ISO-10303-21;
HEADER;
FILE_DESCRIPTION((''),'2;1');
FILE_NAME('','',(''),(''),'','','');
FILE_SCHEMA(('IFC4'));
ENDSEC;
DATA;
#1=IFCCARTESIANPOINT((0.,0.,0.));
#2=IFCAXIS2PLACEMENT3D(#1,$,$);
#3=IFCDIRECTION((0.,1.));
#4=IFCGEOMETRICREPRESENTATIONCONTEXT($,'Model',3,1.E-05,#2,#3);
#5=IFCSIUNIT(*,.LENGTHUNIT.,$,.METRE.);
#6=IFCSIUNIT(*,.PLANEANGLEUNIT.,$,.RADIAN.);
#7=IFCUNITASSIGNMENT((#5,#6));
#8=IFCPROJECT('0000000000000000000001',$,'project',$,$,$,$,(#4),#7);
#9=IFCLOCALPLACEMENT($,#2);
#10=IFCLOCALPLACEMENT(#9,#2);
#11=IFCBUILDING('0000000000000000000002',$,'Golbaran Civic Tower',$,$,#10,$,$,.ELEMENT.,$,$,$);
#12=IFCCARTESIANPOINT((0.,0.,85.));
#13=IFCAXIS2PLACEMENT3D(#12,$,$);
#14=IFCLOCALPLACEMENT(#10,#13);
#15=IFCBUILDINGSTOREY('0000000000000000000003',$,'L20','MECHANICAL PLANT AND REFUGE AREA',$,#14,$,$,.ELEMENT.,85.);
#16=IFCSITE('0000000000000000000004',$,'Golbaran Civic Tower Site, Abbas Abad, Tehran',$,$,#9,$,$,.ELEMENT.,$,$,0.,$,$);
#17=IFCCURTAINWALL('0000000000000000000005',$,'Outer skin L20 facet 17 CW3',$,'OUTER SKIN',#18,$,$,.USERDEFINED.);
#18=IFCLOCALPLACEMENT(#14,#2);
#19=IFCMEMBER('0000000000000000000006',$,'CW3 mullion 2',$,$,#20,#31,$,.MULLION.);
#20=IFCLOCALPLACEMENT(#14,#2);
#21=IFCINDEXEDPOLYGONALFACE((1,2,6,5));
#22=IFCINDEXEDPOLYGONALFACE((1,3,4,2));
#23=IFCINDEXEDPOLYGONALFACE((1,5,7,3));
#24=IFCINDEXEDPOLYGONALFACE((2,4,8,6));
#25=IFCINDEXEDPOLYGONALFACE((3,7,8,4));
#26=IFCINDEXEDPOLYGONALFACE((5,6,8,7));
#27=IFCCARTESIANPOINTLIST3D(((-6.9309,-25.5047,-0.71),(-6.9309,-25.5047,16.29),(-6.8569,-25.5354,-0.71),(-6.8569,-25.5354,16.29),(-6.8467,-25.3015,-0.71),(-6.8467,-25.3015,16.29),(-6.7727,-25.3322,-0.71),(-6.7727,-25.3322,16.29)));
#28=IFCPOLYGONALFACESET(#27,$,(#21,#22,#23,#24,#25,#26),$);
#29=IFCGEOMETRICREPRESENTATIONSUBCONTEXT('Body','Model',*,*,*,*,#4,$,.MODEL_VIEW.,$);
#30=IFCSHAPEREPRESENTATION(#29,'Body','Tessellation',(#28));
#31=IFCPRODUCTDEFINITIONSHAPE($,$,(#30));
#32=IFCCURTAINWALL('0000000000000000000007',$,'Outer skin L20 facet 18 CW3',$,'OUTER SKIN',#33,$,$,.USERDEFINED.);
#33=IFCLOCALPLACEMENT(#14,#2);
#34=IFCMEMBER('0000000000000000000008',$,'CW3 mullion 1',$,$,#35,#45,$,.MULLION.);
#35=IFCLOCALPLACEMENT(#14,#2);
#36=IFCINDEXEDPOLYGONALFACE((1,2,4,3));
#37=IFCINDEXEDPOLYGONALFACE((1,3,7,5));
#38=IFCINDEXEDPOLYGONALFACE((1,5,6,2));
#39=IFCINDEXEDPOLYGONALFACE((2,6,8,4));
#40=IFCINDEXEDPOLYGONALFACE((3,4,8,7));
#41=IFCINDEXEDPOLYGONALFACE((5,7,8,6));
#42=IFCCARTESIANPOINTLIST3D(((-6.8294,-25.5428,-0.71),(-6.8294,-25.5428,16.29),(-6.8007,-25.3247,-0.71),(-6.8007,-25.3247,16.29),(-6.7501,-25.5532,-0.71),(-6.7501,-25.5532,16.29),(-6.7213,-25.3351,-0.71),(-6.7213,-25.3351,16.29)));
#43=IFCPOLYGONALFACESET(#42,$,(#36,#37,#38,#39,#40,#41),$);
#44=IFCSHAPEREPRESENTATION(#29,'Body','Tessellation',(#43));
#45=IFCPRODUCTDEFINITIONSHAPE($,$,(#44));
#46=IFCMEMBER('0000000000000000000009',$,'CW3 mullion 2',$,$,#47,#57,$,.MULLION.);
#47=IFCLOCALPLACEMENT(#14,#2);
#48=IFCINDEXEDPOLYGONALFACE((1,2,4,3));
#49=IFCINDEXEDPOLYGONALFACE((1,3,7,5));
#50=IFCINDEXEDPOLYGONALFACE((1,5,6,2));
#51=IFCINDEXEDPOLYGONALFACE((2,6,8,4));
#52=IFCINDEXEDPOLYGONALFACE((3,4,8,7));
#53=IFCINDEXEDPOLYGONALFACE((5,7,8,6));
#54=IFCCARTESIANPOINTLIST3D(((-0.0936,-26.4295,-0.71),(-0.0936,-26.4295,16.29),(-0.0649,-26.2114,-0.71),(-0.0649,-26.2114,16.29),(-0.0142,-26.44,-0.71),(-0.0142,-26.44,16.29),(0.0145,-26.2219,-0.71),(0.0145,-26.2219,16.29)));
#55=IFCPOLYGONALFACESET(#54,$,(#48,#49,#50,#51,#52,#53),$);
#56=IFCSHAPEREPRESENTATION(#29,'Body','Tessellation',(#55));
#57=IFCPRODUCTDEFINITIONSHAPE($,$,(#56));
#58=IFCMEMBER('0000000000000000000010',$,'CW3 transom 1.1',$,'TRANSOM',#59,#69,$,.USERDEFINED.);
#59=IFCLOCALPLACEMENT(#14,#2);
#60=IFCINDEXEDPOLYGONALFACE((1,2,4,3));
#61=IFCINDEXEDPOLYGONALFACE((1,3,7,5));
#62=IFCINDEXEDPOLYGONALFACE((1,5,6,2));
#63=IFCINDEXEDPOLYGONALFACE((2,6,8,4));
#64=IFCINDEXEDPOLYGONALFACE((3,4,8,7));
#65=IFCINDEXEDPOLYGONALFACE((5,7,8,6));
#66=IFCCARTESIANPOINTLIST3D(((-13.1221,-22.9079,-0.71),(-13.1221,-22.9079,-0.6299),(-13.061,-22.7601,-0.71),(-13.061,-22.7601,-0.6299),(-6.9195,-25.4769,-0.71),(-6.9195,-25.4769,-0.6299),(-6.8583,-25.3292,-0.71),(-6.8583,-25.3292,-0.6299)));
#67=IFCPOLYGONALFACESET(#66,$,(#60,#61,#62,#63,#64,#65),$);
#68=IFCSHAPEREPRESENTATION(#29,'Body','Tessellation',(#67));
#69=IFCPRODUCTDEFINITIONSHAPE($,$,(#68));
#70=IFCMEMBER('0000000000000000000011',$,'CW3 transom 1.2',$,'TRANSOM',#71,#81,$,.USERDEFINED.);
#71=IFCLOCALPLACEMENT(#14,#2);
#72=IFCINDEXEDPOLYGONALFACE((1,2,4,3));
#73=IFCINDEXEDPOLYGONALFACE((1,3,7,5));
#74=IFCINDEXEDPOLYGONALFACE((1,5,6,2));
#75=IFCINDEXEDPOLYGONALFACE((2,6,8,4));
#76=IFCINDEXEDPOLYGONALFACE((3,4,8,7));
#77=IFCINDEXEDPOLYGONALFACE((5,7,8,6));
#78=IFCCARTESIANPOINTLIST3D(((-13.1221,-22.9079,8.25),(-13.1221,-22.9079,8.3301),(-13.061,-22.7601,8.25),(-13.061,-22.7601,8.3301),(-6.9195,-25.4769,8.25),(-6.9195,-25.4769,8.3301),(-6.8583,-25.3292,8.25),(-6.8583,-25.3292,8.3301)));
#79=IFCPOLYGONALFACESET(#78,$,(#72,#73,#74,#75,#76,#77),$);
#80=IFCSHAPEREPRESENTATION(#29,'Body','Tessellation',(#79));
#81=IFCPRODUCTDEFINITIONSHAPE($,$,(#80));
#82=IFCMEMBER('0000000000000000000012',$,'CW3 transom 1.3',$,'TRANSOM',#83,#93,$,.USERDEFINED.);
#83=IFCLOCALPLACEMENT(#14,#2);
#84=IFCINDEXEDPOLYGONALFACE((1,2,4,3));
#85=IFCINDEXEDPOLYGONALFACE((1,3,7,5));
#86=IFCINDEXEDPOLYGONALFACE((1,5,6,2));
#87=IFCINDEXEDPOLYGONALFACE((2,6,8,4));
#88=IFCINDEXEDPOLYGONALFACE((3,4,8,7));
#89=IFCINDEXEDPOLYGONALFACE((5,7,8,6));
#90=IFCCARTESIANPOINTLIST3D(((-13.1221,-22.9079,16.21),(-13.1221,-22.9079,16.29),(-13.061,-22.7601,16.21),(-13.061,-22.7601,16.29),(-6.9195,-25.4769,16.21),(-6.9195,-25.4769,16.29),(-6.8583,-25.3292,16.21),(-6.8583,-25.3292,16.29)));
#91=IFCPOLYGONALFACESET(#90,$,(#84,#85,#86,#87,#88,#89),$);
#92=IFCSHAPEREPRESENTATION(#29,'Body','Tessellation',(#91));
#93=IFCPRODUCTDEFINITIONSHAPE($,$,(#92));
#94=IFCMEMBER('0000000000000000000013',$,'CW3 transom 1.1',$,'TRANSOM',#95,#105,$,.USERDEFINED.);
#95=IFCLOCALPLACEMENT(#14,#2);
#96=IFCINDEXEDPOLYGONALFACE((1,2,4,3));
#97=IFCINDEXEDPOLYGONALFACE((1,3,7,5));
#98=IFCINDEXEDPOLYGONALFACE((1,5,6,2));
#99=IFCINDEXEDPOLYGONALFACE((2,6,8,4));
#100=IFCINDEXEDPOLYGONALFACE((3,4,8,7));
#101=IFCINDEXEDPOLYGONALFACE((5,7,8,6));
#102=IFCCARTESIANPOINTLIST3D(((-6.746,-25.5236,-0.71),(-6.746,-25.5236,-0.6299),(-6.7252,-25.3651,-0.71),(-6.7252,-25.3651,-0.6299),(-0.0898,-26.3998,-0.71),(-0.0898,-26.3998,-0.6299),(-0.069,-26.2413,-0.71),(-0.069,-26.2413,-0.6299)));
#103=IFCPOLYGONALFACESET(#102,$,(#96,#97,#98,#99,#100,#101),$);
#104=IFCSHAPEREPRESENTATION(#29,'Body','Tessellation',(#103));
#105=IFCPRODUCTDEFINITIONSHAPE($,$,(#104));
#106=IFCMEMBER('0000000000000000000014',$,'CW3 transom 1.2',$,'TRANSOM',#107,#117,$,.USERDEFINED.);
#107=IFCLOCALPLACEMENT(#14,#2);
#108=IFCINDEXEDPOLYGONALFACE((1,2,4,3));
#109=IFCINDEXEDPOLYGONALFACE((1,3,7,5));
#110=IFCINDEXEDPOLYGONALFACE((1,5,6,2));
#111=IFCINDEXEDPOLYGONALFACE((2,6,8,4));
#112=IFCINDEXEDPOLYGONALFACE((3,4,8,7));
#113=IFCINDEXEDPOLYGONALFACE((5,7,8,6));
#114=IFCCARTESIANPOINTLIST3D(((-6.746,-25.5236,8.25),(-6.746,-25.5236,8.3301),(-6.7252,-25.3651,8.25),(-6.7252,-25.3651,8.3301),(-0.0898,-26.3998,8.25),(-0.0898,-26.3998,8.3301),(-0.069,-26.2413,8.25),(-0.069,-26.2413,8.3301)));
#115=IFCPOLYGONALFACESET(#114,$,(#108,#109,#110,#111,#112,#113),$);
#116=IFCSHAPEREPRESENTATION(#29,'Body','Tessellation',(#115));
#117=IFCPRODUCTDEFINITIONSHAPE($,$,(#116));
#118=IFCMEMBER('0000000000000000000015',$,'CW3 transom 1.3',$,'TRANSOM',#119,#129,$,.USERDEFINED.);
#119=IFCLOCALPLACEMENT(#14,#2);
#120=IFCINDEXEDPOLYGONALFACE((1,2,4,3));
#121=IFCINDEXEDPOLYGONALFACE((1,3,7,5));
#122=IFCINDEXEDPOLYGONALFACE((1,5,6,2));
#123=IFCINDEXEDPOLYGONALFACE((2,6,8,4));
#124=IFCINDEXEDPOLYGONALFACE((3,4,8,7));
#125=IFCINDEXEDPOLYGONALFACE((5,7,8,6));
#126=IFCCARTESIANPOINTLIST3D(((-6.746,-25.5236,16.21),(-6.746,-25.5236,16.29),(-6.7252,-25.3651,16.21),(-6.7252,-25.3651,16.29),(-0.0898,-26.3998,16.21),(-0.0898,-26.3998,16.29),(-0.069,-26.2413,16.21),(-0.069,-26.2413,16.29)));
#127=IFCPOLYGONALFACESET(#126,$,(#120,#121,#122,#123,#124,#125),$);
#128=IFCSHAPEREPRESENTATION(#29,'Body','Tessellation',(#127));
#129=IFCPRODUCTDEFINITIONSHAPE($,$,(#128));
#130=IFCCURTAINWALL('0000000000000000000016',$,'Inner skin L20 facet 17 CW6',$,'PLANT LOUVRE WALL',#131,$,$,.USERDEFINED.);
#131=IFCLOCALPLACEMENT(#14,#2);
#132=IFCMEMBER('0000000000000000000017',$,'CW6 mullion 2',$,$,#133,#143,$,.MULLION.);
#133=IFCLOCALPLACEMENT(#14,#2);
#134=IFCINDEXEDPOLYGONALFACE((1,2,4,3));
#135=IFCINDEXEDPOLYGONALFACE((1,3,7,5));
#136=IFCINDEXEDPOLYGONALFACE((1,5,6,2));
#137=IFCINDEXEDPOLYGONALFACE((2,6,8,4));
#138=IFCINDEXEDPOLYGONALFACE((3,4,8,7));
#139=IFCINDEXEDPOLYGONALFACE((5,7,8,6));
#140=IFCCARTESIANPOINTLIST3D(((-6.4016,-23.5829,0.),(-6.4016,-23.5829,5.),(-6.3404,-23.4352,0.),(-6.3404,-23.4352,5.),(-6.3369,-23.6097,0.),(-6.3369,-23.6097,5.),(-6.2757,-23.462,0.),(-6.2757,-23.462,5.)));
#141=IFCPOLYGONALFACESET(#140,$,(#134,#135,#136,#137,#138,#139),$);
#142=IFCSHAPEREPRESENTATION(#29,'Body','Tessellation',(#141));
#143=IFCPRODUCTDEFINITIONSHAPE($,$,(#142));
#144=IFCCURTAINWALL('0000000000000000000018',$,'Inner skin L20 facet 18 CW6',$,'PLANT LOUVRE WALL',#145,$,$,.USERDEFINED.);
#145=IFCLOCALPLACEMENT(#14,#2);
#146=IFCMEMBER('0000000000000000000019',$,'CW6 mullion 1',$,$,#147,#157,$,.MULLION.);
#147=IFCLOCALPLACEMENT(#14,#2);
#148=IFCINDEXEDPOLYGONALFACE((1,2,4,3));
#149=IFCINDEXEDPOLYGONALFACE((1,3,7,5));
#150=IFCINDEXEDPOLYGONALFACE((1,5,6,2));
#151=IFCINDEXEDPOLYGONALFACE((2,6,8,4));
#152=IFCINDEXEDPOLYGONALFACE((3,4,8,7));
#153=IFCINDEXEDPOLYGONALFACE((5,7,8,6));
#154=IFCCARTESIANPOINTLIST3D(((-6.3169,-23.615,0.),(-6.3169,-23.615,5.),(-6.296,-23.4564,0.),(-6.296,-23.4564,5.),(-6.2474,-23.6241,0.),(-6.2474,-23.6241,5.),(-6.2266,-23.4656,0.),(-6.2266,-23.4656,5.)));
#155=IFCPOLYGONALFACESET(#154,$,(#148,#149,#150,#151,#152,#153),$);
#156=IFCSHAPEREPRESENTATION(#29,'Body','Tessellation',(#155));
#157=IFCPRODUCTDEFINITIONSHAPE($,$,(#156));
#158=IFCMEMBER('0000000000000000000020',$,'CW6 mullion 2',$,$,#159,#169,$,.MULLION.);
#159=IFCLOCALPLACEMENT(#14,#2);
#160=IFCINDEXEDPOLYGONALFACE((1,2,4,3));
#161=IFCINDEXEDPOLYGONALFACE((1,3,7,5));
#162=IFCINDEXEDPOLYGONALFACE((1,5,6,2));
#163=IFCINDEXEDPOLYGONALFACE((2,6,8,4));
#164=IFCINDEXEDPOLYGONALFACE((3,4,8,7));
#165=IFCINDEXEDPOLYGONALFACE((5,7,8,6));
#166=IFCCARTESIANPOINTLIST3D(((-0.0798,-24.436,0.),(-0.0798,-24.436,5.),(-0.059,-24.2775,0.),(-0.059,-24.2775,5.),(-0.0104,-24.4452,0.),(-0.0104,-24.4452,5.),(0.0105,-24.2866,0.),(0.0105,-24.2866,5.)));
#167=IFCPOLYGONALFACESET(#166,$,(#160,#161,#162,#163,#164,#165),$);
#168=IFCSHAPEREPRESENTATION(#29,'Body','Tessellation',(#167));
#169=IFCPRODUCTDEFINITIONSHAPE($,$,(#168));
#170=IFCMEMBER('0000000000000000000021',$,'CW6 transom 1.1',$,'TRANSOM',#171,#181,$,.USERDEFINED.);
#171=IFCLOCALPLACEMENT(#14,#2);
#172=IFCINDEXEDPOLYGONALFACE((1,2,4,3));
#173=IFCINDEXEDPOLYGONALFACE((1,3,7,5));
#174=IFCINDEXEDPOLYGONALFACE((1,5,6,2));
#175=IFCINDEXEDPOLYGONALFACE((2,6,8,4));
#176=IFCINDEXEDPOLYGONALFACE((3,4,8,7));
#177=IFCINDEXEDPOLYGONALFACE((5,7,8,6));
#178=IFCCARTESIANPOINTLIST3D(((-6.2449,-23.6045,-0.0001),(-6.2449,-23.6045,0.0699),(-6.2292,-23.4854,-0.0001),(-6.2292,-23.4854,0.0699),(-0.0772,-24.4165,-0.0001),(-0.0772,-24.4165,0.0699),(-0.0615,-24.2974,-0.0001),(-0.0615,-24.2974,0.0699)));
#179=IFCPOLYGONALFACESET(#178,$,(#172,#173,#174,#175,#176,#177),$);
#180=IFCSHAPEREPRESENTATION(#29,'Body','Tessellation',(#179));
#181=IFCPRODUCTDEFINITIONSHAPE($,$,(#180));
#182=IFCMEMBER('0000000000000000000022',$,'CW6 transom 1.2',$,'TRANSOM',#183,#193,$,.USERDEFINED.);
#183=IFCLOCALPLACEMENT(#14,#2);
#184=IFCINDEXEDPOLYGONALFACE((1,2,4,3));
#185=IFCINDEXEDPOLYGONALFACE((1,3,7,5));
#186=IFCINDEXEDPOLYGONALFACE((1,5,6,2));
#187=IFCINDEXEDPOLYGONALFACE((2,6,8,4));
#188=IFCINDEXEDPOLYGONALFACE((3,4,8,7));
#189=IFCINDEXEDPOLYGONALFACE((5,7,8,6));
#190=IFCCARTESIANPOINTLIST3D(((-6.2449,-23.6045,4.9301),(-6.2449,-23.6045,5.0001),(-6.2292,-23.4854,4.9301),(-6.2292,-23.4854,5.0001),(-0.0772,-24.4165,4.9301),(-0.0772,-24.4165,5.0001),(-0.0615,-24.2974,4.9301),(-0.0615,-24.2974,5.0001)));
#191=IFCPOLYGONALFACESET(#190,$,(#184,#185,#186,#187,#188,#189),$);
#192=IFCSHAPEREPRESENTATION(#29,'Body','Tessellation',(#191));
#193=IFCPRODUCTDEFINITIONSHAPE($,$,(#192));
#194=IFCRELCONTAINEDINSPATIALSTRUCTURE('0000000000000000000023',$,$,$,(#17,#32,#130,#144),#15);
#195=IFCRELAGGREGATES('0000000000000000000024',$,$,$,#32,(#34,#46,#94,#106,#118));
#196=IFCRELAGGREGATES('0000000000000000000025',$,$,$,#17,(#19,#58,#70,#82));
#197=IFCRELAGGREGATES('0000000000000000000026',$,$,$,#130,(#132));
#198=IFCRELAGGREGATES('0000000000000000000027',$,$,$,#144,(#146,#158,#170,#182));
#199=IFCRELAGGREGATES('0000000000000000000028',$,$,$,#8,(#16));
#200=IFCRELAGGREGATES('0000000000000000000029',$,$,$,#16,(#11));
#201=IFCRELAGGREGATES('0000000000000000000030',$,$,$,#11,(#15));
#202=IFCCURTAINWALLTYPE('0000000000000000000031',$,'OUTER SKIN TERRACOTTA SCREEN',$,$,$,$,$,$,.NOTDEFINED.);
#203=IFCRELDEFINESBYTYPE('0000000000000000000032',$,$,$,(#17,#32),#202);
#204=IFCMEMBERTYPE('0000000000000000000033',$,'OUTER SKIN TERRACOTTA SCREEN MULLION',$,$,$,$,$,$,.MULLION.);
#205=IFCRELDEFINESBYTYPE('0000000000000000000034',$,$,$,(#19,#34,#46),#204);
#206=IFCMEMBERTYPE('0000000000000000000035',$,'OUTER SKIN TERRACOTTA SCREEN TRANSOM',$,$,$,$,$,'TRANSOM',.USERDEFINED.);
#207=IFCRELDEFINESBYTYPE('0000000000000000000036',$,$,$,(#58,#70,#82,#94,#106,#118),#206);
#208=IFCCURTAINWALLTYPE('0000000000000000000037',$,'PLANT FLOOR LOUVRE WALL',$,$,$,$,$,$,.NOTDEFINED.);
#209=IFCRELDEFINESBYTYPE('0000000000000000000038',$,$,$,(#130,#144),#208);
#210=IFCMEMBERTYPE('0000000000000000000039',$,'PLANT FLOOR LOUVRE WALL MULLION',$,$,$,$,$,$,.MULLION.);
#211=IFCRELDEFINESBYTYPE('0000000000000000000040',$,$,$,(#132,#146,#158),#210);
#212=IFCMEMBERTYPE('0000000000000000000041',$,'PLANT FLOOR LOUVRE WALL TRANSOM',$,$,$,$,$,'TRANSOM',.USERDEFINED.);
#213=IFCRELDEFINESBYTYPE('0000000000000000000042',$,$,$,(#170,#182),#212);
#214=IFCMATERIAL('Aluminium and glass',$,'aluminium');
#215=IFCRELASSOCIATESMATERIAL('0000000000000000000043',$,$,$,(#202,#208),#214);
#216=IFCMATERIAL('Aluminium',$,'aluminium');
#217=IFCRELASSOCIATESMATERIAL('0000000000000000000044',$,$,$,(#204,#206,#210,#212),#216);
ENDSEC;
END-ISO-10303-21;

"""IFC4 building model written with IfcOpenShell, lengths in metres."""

from ifc_helpers import new_model, si_unit, direction, frame, origin, origin_2d, place, context, subcontext, project, spatial, rectangle, extrude, material, material_profile, profile_set, type_object, element, aggregate, save


model = new_model("IFC4")

# Units and contexts
model_context = context("Model", 3, precision=1e-05, world=origin(), true_north=direction((0.0, 1.0)))
body_context = subcontext(model_context, "Body", "Model", "MODEL_VIEW")
ifc_project = project(units=[si_unit("LENGTHUNIT", "METRE"), si_unit("PLANEANGLEUNIT", "RADIAN")], contexts=[model_context])

# Site, building, storey
site_placement = place(None, origin())
site = spatial("IfcSite", under=ifc_project, at=site_placement, Name="Golbaran Civic Tower Site, Abbas Abad, Tehran", CompositionType="ELEMENT", RefElevation=0.0)
building_placement = place(site_placement, origin())
building = spatial("IfcBuilding", under=site, at=building_placement, Name="Golbaran Civic Tower", CompositionType="ELEMENT")
storey_placement = place(building_placement, frame((0.0, 0.0, 85.0)))
storey = spatial("IfcBuildingStorey", under=building, at=storey_placement, Name="L20", Description="MECHANICAL PLANT AND REFUGE AREA", CompositionType="ELEMENT", Elevation=85.0)

# Shared definitions
ifc_material_1 = material(Name="Aluminium and glass", Category="aluminium")
curtain_wall_type_1 = type_object("IfcCurtainWallType", Name="OUTER SKIN TERRACOTTA SCREEN", PredefinedType="NOTDEFINED", material=ifc_material_1)
ifc_material_2 = material(Name="Aluminium", Category="aluminium")
ifc_material_profile_1 = material_profile(ifc_material_2, rectangle(XDim=0.22, YDim=0.0801, at=origin_2d()), Name="OUTER SKIN TERRACOTTA SCREEN MULLION")
ifc_profile_set_1 = profile_set([ifc_material_profile_1], Name="Aluminium")
member_type_1 = type_object("IfcMemberType", Name="OUTER SKIN TERRACOTTA SCREEN MULLION", PredefinedType="MULLION", material=ifc_profile_set_1)

# Curtain walls, members
curtain_wall_1_placement = place(storey_placement, origin())
curtain_wall_1 = element("IfcCurtainWall", 1, at=curtain_wall_1_placement, inside=storey, type_object=curtain_wall_type_1, Name="Outer skin L20 facet 17 CW3", ObjectType="OUTER SKIN", PredefinedType="USERDEFINED")
member_1_placement = place(storey_placement, frame((-6.8518, -25.4185, -0.71), z_axis=(0.0, 0.0, 1.0), x_axis=(0.382683, 0.92388, 0.0)))
member_1 = element("IfcMember", 2, at=member_1_placement, type_object=member_type_1, Name="CW3 mullion 2", PredefinedType="MULLION", context=body_context, shape_type="SweptSolid", body=[
    extrude(rectangle(XDim=0.22, YDim=0.0801, at=origin_2d()), origin(), (0.0, 0.0, 1.0), 17.0),
])
curtain_wall_2_placement = place(storey_placement, origin())
curtain_wall_2 = element("IfcCurtainWall", 3, at=curtain_wall_2_placement, inside=storey, type_object=curtain_wall_type_1, Name="Outer skin L20 facet 18 CW3", ObjectType="OUTER SKIN", PredefinedType="USERDEFINED")
member_2_placement = place(storey_placement, frame((-6.7754, -25.439, -0.71), z_axis=(0.0, 0.0, 1.0), x_axis=(0.130526, 0.991445, 0.0)))
member_2 = element("IfcMember", 4, at=member_2_placement, type_object=member_type_1, Name="CW3 mullion 1", PredefinedType="MULLION", context=body_context, shape_type="SweptSolid", body=[
    extrude(rectangle(XDim=0.22, YDim=0.0801, at=origin_2d()), origin(), (0.0, 0.0, 1.0), 17.0),
])
member_3_placement = place(storey_placement, frame((-0.0396, -26.3257, -0.71), z_axis=(0.0, 0.0, 1.0), x_axis=(0.130526, 0.991445, 0.0)))
member_3 = element("IfcMember", 5, at=member_3_placement, type_object=member_type_1, Name="CW3 mullion 2", PredefinedType="MULLION", context=body_context, shape_type="SweptSolid", body=[
    extrude(rectangle(XDim=0.22, YDim=0.0801, at=origin_2d()), origin(), (0.0, 0.0, 1.0), 17.0),
])

# Members
ifc_material_profile_2 = material_profile(ifc_material_2, rectangle(XDim=0.1599, YDim=0.0801, at=origin_2d()), Name="OUTER SKIN TERRACOTTA SCREEN TRANSOM")
ifc_profile_set_2 = profile_set([ifc_material_profile_2], Name="Aluminium")
member_type_2 = type_object("IfcMemberType", Name="OUTER SKIN TERRACOTTA SCREEN TRANSOM", ElementType="TRANSOM", PredefinedType="USERDEFINED", material=ifc_profile_set_2)
member_4_placement = place(storey_placement, frame((-13.0916, -22.834, -0.6699), z_axis=(0.923886, -0.382668, 0.0), x_axis=(0.382668, 0.923886, 0.0)))
member_4 = element("IfcMember", 6, at=member_4_placement, type_object=member_type_2, Name="CW3 transom 1.1", ObjectType="TRANSOM", PredefinedType="USERDEFINED", context=body_context, shape_type="SweptSolid", body=[
    extrude(rectangle(XDim=0.1599, YDim=0.0801, at=origin_2d()), origin(), (0.0, 0.0, 1.0), 6.7136),
])
member_5_placement = place(storey_placement, frame((-13.0916, -22.834, 8.29), z_axis=(0.923886, -0.382668, 0.0), x_axis=(0.382668, 0.923886, 0.0)))
member_5 = element("IfcMember", 7, at=member_5_placement, type_object=member_type_2, Name="CW3 transom 1.2", ObjectType="TRANSOM", PredefinedType="USERDEFINED", context=body_context, shape_type="SweptSolid", body=[
    extrude(rectangle(XDim=0.1599, YDim=0.0801, at=origin_2d()), origin(), (0.0, 0.0, 1.0), 6.7136),
])
member_6_placement = place(storey_placement, frame((-13.0916, -22.834, 16.25), z_axis=(0.923886, -0.382668, 0.0), x_axis=(0.382668, 0.923886, 0.0)))
member_6 = element("IfcMember", 8, at=member_6_placement, type_object=member_type_2, Name="CW3 transom 1.3", ObjectType="TRANSOM", PredefinedType="USERDEFINED", context=body_context, shape_type="SweptSolid", body=[
    extrude(rectangle(XDim=0.1599, YDim=0.0801, at=origin_2d()), origin(), (0.0, 0.0, 1.0), 6.7136),
])
member_7_placement = place(storey_placement, frame((-6.7356, -25.4443, -0.6699), z_axis=(0.991447, -0.130513, 0.0), x_axis=(0.130513, 0.991447, 0.0)))
member_7 = element("IfcMember", 9, at=member_7_placement, type_object=member_type_2, Name="CW3 transom 1.1", ObjectType="TRANSOM", PredefinedType="USERDEFINED", context=body_context, shape_type="SweptSolid", body=[
    extrude(rectangle(XDim=0.1599, YDim=0.0801, at=origin_2d()), origin(), (0.0, 0.0, 1.0), 6.7136),
])
member_8_placement = place(storey_placement, frame((-6.7356, -25.4443, 8.29), z_axis=(0.991447, -0.130513, 0.0), x_axis=(0.130513, 0.991447, 0.0)))
member_8 = element("IfcMember", 10, at=member_8_placement, type_object=member_type_2, Name="CW3 transom 1.2", ObjectType="TRANSOM", PredefinedType="USERDEFINED", context=body_context, shape_type="SweptSolid", body=[
    extrude(rectangle(XDim=0.1599, YDim=0.0801, at=origin_2d()), origin(), (0.0, 0.0, 1.0), 6.7136),
])
member_9_placement = place(storey_placement, frame((-6.7356, -25.4443, 16.25), z_axis=(0.991447, -0.130513, 0.0), x_axis=(0.130513, 0.991447, 0.0)))
member_9 = element("IfcMember", 11, at=member_9_placement, type_object=member_type_2, Name="CW3 transom 1.3", ObjectType="TRANSOM", PredefinedType="USERDEFINED", context=body_context, shape_type="SweptSolid", body=[
    extrude(rectangle(XDim=0.1599, YDim=0.0801, at=origin_2d()), origin(), (0.0, 0.0, 1.0), 6.7136),
])

# Curtain wall, member
curtain_wall_type_2 = type_object("IfcCurtainWallType", Name="PLANT FLOOR LOUVRE WALL", PredefinedType="NOTDEFINED", material=ifc_material_1)
curtain_wall_3_placement = place(storey_placement, origin())
curtain_wall_3 = element("IfcCurtainWall", 12, at=curtain_wall_3_placement, inside=storey, type_object=curtain_wall_type_2, Name="Inner skin L20 facet 17 CW6", ObjectType="PLANT LOUVRE WALL", PredefinedType="USERDEFINED")
ifc_material_profile_3 = material_profile(ifc_material_2, rectangle(XDim=0.1599, YDim=0.0701, at=origin_2d()), Name="PLANT FLOOR LOUVRE WALL MULLION")
ifc_profile_set_3 = profile_set([ifc_material_profile_3], Name="Aluminium")
member_type_3 = type_object("IfcMemberType", Name="PLANT FLOOR LOUVRE WALL MULLION", PredefinedType="MULLION", material=ifc_profile_set_3)
member_10_placement = place(storey_placement, frame((-6.3386, -23.5225, 0.0), z_axis=(0.0, 0.0, 1.0), x_axis=(0.382683, 0.92388, 0.0)))
member_10 = element("IfcMember", 13, at=member_10_placement, type_object=member_type_3, Name="CW6 mullion 2", PredefinedType="MULLION", context=body_context, shape_type="SweptSolid", body=[
    extrude(rectangle(XDim=0.1599, YDim=0.0701, at=origin_2d()), origin(), (0.0, 0.0, 1.0), 5.0),
])

# Curtain wall, members
curtain_wall_4_placement = place(storey_placement, origin())
curtain_wall_4 = element("IfcCurtainWall", 14, at=curtain_wall_4_placement, inside=storey, type_object=curtain_wall_type_2, Name="Inner skin L20 facet 18 CW6", ObjectType="PLANT LOUVRE WALL", PredefinedType="USERDEFINED")
member_11_placement = place(storey_placement, frame((-6.2717, -23.5403, 0.0), z_axis=(0.0, 0.0, 1.0), x_axis=(0.130526, 0.991445, 0.0)))
member_11 = element("IfcMember", 15, at=member_11_placement, type_object=member_type_3, Name="CW6 mullion 1", PredefinedType="MULLION", context=body_context, shape_type="SweptSolid", body=[
    extrude(rectangle(XDim=0.1599, YDim=0.0701, at=origin_2d()), origin(), (0.0, 0.0, 1.0), 5.0),
])
member_12_placement = place(storey_placement, frame((-0.0347, -24.3613, 0.0), z_axis=(0.0, 0.0, 1.0), x_axis=(0.130526, 0.991445, 0.0)))
member_12 = element("IfcMember", 16, at=member_12_placement, type_object=member_type_3, Name="CW6 mullion 2", PredefinedType="MULLION", context=body_context, shape_type="SweptSolid", body=[
    extrude(rectangle(XDim=0.1599, YDim=0.0701, at=origin_2d()), origin(), (0.0, 0.0, 1.0), 5.0),
])
ifc_material_profile_4 = material_profile(ifc_material_2, rectangle(XDim=0.1201, YDim=0.0701, at=origin_2d()), Name="PLANT FLOOR LOUVRE WALL TRANSOM")
ifc_profile_set_4 = profile_set([ifc_material_profile_4], Name="Aluminium")
member_type_4 = type_object("IfcMemberType", Name="PLANT FLOOR LOUVRE WALL TRANSOM", ElementType="TRANSOM", PredefinedType="USERDEFINED", material=ifc_profile_set_4)
member_13_placement = place(storey_placement, frame((-6.2371, -23.5449, 0.0349), z_axis=(0.991445, -0.130529, 0.0), x_axis=(0.130529, 0.991445, 0.0)))
member_13 = element("IfcMember", 17, at=member_13_placement, type_object=member_type_4, Name="CW6 transom 1.1", ObjectType="TRANSOM", PredefinedType="USERDEFINED", context=body_context, shape_type="SweptSolid", body=[
    extrude(rectangle(XDim=0.1201, YDim=0.0701, at=origin_2d()), origin(), (0.0, 0.0, 1.0), 6.2209),
])
member_14_placement = place(storey_placement, frame((-6.2371, -23.5449, 4.9651), z_axis=(0.991445, -0.130529, 0.0), x_axis=(0.130529, 0.991445, 0.0)))
member_14 = element("IfcMember", 18, at=member_14_placement, type_object=member_type_4, Name="CW6 transom 1.2", ObjectType="TRANSOM", PredefinedType="USERDEFINED", context=body_context, shape_type="SweptSolid", body=[
    extrude(rectangle(XDim=0.1201, YDim=0.0701, at=origin_2d()), origin(), (0.0, 0.0, 1.0), 6.2209),
])

aggregate(curtain_wall_2, [member_2, member_3, member_7, member_8, member_9])
aggregate(curtain_wall_1, [member_1, member_4, member_5, member_6])
aggregate(curtain_wall_3, [member_10])
aggregate(curtain_wall_4, [member_11, member_12, member_13, member_14])

save(model, "model.ifc")
